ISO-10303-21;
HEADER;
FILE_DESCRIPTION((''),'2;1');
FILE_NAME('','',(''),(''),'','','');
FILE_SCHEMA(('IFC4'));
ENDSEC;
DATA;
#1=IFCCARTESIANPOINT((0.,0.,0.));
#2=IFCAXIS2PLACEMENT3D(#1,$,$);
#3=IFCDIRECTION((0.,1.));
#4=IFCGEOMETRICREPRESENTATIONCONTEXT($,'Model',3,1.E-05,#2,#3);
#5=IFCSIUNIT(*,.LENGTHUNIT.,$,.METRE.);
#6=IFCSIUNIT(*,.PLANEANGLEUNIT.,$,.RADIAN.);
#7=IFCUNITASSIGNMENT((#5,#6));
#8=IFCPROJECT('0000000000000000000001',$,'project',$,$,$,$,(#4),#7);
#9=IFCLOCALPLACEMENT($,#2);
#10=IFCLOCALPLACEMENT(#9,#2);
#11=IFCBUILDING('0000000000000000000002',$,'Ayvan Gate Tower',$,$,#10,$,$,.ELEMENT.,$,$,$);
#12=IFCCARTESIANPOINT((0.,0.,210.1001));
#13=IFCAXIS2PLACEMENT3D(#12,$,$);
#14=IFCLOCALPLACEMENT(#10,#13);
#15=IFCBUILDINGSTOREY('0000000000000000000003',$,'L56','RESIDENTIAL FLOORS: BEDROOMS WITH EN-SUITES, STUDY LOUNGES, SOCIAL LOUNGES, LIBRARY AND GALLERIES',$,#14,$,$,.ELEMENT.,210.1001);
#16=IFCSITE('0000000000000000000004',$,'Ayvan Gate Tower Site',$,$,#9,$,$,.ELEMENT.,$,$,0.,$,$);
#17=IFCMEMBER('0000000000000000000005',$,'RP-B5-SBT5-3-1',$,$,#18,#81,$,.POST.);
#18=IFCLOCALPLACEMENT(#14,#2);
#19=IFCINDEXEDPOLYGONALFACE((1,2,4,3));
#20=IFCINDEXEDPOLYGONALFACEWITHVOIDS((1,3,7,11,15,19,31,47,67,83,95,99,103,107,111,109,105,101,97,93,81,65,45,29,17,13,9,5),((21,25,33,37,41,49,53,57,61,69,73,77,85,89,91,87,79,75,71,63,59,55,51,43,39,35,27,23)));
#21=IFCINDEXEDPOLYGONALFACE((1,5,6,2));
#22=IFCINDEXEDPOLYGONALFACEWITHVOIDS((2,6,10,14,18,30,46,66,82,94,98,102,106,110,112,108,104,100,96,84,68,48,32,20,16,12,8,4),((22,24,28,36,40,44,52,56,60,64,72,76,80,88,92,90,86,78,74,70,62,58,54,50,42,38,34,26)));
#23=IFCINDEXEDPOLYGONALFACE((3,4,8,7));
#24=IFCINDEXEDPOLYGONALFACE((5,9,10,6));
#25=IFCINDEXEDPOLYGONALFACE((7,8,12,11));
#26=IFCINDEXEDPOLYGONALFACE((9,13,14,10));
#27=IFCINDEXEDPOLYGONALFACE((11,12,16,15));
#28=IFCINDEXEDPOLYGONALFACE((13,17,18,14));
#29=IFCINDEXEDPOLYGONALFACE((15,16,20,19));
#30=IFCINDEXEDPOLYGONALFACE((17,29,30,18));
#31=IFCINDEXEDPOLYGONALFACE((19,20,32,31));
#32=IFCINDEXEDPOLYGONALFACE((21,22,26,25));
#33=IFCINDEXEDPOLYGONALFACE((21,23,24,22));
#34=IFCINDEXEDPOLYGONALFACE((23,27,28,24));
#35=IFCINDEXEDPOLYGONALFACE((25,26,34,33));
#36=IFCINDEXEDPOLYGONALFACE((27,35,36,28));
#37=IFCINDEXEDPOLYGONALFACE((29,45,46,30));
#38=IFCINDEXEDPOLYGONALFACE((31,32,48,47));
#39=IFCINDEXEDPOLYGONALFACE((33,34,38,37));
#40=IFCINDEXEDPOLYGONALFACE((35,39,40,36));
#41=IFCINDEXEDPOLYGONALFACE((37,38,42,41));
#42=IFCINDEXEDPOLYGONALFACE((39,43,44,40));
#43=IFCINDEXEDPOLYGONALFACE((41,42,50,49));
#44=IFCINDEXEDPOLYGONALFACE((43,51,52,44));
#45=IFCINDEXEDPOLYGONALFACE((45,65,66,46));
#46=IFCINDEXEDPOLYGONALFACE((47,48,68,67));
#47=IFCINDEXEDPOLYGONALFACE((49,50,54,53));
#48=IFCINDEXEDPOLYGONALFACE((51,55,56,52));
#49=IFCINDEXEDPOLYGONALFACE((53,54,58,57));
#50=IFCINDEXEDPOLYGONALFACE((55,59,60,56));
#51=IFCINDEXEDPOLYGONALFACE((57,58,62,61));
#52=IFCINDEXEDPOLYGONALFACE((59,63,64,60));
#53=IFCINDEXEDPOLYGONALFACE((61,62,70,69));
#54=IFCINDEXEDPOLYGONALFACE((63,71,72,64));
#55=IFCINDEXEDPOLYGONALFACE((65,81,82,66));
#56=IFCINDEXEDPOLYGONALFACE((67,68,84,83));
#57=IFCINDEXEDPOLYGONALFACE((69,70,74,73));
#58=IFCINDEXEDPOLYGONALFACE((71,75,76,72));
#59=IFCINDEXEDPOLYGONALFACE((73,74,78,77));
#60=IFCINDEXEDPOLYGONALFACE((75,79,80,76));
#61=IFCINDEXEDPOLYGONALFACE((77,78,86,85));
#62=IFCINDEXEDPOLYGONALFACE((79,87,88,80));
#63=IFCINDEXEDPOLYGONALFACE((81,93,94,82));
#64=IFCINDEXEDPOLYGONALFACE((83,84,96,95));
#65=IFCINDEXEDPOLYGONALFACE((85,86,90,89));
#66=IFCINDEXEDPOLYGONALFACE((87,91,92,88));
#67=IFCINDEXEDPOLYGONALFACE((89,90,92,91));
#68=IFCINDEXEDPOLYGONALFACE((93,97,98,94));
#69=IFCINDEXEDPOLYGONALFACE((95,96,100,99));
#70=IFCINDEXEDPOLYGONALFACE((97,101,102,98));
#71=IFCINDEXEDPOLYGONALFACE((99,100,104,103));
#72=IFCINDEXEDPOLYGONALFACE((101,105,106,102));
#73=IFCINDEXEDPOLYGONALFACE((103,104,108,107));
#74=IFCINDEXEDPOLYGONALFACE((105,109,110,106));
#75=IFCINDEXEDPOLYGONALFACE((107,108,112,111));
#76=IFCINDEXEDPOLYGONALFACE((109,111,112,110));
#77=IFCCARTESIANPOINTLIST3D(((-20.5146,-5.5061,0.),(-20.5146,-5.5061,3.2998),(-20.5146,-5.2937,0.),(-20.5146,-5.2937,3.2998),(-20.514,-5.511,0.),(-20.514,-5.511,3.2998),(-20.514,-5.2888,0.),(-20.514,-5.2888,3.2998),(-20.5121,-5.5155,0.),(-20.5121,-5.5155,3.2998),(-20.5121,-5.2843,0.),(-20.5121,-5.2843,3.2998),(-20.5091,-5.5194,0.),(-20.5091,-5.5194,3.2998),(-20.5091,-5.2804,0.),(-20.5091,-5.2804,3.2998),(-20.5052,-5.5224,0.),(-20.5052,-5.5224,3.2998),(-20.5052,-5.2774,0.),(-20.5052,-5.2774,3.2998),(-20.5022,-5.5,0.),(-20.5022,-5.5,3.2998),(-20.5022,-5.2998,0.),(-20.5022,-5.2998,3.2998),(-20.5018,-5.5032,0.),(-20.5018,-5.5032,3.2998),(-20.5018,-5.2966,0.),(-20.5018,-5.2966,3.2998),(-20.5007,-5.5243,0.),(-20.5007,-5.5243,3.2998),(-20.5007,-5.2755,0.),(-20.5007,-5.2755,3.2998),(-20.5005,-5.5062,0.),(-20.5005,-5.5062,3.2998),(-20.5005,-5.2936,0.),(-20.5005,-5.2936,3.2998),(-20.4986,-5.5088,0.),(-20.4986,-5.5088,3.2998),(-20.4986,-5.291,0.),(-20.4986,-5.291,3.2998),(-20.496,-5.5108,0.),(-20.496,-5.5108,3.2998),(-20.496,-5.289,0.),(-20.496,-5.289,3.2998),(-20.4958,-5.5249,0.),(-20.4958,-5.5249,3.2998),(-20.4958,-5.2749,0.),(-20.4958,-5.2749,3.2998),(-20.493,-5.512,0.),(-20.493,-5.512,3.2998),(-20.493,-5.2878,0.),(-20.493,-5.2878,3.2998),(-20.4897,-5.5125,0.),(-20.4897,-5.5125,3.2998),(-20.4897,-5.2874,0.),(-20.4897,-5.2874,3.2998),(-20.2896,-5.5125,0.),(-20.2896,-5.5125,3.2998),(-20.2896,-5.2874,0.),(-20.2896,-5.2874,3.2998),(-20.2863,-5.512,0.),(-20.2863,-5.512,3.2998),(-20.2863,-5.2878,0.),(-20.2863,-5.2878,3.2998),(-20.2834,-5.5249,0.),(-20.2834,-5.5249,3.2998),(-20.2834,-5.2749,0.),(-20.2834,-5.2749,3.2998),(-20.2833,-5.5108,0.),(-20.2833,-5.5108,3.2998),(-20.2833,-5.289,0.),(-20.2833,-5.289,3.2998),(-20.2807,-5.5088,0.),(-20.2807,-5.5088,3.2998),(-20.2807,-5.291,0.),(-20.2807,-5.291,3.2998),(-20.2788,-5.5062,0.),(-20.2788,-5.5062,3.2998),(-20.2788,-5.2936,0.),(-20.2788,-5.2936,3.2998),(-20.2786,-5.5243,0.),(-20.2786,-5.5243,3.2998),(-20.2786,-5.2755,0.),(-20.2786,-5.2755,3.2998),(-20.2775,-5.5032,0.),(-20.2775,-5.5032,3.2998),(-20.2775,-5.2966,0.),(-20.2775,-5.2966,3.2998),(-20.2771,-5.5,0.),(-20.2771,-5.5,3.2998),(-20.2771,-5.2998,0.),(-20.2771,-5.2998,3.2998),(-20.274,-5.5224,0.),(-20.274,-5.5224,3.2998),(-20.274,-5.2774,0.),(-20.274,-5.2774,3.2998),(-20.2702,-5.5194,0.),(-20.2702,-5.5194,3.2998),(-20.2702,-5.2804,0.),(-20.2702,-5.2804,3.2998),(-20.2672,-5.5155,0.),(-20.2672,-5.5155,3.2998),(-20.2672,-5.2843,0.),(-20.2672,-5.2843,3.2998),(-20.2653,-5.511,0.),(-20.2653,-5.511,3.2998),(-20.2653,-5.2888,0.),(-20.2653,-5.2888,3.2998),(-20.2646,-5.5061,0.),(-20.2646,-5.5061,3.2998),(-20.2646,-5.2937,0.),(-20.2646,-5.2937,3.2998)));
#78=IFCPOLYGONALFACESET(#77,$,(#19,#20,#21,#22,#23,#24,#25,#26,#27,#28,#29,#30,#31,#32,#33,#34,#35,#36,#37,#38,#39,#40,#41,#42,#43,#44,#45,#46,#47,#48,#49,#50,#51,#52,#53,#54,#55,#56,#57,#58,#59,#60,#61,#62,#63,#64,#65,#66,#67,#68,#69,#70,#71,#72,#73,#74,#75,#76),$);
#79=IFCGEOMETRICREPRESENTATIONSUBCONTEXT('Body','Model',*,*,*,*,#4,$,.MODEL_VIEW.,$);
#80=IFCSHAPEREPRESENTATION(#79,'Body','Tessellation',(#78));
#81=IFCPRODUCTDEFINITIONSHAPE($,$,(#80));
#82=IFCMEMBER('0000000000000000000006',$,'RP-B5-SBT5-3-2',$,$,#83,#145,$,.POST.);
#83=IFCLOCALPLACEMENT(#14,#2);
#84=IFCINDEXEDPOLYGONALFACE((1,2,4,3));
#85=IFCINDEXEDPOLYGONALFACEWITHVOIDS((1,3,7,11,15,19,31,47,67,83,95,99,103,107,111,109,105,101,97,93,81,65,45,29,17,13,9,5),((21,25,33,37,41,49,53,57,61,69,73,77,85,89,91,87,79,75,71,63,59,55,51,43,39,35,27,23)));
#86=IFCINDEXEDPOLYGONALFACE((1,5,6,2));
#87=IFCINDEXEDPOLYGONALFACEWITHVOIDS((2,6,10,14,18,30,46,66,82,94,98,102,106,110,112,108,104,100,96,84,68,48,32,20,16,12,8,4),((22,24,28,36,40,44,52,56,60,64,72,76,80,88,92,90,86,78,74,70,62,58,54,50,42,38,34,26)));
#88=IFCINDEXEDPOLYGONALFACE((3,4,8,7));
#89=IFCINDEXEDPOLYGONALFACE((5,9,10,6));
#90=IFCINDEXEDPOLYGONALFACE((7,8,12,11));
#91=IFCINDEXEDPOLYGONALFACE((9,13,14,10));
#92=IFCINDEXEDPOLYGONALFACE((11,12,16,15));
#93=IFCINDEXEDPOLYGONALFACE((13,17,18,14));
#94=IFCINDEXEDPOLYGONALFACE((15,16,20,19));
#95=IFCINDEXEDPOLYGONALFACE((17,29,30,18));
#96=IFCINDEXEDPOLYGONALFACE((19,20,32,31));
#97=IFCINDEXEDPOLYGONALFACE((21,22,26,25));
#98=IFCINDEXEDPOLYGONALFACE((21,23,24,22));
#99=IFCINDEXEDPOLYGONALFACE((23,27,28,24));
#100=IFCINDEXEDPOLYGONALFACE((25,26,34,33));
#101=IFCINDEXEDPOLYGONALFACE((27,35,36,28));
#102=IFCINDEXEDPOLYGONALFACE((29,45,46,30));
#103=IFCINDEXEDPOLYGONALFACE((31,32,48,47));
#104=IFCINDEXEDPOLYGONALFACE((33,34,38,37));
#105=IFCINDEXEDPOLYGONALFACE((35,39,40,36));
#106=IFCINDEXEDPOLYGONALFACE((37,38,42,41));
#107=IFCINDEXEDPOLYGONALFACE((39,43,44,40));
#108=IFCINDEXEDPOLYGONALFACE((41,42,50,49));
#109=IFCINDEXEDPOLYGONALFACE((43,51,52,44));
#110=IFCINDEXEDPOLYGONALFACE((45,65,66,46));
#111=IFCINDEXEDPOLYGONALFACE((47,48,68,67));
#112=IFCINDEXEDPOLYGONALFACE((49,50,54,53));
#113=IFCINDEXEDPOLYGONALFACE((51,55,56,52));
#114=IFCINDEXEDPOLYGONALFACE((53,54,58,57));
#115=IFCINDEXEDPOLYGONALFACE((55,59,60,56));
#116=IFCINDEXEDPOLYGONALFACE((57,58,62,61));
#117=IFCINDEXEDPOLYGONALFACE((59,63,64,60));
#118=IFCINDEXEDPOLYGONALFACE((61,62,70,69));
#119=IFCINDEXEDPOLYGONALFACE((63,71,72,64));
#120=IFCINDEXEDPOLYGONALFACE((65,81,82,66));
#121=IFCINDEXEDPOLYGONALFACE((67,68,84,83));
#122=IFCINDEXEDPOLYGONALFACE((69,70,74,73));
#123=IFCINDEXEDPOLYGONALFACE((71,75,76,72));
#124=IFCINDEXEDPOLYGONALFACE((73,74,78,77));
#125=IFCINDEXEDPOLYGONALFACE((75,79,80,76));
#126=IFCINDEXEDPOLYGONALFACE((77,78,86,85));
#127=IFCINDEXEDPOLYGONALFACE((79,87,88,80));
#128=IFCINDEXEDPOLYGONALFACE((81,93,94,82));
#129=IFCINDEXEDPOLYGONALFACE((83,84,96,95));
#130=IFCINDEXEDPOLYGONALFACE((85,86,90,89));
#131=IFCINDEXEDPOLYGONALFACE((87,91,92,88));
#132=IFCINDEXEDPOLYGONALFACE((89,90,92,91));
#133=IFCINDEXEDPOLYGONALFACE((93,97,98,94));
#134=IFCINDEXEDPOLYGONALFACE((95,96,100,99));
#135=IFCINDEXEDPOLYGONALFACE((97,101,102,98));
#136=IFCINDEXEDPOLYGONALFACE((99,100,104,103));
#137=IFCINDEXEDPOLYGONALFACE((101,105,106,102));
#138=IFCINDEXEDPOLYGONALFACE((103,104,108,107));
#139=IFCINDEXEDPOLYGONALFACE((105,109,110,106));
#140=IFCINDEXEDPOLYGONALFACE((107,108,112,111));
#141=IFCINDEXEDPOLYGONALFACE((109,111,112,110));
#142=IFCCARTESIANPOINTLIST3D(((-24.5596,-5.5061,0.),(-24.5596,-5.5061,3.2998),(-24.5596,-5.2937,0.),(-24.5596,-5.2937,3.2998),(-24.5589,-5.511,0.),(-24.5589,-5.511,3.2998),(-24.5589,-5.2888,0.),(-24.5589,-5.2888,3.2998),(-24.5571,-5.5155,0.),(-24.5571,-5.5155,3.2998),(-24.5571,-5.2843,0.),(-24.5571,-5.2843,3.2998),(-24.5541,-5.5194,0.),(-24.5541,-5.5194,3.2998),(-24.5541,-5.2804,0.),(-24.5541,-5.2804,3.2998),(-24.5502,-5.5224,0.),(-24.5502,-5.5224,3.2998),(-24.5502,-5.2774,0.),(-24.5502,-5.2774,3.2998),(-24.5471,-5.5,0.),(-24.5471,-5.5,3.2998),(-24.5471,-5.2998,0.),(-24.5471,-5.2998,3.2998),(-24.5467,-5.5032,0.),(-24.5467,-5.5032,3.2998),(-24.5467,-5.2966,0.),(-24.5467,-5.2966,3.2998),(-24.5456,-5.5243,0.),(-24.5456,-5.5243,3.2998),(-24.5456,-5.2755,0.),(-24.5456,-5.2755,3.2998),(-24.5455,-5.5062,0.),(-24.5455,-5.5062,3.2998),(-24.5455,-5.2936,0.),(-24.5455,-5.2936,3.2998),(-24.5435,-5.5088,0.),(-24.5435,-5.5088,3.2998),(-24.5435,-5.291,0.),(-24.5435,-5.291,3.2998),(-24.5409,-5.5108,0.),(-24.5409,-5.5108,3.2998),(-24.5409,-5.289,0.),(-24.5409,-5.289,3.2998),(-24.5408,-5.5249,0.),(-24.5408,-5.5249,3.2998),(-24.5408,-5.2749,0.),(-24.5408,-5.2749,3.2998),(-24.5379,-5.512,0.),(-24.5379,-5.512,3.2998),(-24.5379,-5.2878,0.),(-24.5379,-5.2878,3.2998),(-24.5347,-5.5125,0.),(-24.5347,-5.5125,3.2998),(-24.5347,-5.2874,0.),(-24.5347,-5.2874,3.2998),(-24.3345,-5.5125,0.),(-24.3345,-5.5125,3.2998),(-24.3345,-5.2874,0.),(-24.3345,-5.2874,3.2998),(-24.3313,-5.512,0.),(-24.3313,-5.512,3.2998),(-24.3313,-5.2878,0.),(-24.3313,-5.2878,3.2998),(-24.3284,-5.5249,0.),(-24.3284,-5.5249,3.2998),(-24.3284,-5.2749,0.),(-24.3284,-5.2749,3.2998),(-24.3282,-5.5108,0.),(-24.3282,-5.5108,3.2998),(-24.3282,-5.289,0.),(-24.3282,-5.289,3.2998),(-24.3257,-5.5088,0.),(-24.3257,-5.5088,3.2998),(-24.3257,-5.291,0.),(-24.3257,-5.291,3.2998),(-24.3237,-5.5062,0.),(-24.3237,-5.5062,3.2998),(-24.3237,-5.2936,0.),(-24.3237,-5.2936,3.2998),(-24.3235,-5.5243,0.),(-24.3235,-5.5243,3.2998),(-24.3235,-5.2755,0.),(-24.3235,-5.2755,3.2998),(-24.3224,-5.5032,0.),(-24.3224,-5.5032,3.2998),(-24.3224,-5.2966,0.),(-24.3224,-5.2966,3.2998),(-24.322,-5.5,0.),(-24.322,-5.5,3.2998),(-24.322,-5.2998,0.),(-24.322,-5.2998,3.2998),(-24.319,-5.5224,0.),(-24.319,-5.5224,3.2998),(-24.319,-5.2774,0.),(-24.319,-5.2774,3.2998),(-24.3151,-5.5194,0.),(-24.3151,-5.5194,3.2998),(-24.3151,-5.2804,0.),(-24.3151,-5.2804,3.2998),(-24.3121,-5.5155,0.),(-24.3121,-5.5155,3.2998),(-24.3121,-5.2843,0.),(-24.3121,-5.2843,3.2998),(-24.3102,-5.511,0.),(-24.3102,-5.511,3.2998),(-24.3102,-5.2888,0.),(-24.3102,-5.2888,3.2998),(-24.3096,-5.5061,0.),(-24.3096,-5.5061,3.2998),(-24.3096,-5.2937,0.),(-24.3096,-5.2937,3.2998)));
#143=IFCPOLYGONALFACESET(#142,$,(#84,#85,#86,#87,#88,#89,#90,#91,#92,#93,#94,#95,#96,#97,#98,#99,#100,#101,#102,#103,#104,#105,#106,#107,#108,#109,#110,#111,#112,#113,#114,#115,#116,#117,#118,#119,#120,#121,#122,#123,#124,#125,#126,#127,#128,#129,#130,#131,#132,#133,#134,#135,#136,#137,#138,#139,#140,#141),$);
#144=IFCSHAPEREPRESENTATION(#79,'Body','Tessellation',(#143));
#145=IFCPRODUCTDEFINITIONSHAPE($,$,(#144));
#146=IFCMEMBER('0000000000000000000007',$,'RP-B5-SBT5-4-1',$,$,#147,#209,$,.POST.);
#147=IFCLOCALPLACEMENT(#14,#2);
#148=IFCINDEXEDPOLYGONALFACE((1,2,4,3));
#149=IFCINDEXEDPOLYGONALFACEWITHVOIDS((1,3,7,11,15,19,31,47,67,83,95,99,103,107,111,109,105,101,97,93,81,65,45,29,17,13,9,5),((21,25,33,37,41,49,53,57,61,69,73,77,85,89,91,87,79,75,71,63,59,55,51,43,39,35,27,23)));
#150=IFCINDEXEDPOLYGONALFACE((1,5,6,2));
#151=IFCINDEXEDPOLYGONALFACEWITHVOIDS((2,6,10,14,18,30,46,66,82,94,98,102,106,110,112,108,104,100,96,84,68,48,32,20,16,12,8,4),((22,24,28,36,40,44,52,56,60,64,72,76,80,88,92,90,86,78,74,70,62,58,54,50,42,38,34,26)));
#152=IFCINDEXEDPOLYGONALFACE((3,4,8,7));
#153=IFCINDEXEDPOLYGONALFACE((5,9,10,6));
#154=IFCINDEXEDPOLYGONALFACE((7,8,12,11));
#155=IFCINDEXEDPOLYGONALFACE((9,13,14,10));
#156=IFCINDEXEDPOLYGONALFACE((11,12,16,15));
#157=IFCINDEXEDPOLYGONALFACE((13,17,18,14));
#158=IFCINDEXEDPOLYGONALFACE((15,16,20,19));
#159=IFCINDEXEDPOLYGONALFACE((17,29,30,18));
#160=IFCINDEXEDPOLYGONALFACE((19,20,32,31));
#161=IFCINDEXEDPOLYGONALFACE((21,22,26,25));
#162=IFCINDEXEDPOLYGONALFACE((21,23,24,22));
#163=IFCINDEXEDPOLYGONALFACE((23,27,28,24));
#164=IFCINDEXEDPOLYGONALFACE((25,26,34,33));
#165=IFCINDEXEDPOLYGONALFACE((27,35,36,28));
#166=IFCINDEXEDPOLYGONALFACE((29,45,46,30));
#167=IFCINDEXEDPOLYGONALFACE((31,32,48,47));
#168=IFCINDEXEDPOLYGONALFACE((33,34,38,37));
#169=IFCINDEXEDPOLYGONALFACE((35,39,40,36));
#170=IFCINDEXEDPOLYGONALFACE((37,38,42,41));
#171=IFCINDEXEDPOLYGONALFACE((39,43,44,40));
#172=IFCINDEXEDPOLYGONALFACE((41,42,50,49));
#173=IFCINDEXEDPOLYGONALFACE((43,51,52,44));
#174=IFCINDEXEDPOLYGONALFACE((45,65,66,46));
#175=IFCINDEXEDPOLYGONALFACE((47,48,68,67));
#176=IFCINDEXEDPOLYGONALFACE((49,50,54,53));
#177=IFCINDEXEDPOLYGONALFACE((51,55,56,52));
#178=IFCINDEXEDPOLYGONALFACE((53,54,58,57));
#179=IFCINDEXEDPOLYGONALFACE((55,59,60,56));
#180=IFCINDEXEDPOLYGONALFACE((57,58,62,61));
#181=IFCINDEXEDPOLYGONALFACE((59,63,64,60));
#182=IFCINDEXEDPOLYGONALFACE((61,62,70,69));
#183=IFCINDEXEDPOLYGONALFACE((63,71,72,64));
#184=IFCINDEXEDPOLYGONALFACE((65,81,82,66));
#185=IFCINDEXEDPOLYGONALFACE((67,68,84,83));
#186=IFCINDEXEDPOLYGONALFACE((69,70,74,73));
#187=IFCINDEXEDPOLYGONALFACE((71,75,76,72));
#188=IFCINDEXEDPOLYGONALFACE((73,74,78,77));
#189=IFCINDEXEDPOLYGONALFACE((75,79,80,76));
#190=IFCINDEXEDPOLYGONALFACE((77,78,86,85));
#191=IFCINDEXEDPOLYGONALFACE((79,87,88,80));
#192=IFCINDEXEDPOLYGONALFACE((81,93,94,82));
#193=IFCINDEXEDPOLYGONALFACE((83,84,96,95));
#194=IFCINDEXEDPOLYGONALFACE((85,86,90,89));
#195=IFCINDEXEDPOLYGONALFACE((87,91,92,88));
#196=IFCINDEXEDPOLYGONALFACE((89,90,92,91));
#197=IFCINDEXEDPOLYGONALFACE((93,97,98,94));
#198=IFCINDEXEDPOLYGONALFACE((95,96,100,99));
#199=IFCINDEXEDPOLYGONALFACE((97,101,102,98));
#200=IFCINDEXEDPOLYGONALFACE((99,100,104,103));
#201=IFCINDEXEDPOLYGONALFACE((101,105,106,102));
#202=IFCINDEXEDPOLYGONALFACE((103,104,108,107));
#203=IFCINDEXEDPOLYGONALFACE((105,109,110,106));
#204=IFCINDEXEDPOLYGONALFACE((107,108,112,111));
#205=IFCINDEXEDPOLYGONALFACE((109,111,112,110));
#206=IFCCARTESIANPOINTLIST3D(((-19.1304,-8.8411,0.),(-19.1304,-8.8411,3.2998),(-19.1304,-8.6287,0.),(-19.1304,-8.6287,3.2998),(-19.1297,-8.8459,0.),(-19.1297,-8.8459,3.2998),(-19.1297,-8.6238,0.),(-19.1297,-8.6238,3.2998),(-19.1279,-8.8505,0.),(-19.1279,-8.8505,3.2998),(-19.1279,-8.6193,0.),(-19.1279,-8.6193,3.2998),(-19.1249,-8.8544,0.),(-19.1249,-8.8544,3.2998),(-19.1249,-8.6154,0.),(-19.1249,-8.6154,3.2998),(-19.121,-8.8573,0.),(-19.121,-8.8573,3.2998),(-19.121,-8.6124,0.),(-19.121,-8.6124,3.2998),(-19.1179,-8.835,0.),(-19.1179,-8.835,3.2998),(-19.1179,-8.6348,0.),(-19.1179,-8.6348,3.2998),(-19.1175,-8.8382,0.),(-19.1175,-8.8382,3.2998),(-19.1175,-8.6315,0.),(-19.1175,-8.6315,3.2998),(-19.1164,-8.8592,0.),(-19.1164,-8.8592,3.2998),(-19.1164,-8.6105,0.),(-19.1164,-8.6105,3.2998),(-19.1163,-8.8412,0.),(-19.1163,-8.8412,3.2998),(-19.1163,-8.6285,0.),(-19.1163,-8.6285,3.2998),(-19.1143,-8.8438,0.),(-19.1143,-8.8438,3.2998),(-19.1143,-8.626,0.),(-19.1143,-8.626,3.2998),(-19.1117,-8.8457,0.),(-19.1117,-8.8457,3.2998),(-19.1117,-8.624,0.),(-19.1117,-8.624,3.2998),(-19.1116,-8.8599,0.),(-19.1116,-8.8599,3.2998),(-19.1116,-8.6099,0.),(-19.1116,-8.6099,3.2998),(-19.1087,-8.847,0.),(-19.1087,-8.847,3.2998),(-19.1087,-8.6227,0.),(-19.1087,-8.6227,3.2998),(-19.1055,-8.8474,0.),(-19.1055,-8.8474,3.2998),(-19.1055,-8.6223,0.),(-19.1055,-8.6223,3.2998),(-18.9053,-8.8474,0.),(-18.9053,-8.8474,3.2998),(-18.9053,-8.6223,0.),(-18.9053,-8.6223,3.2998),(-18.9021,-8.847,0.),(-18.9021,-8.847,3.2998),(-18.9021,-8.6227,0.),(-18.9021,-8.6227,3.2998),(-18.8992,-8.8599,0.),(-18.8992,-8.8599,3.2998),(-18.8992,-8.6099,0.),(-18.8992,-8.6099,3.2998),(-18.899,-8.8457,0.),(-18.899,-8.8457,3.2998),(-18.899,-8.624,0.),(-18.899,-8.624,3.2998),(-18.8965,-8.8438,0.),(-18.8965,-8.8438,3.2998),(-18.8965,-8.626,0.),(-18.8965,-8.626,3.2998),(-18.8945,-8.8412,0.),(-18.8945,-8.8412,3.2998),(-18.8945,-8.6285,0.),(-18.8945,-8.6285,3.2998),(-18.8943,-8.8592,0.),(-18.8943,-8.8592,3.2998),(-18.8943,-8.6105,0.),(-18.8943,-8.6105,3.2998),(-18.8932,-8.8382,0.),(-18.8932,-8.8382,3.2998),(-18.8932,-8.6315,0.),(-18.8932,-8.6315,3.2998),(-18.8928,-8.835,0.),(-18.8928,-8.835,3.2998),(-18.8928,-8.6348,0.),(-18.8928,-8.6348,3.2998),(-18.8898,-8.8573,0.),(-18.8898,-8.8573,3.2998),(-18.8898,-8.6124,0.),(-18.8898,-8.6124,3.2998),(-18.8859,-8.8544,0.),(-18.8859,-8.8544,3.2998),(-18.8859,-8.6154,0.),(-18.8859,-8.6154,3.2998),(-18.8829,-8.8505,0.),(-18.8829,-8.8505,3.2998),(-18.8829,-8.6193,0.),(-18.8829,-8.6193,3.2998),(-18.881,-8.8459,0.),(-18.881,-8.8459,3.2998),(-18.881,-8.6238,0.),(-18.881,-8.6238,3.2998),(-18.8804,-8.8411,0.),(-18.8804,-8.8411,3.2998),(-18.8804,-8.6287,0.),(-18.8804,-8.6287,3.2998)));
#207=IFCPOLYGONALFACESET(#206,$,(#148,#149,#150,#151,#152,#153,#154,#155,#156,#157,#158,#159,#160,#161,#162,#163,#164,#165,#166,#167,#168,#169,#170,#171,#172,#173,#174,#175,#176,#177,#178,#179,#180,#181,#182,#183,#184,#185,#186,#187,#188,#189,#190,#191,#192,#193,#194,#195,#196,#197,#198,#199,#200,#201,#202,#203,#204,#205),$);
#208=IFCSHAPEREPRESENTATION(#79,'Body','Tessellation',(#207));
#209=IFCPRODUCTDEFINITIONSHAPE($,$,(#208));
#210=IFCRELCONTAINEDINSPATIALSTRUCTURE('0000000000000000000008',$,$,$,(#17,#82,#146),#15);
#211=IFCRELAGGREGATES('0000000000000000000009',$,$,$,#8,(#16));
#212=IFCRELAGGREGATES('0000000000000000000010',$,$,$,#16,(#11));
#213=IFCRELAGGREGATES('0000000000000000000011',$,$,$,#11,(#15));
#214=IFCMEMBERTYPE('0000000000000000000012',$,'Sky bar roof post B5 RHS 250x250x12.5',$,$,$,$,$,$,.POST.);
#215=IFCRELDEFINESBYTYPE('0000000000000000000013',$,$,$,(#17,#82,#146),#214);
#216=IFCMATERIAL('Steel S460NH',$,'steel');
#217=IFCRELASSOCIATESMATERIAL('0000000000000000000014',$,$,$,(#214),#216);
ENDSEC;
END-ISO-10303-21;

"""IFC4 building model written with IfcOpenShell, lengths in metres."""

from ifc_helpers import new_model, si_unit, direction, frame, origin, origin_2d, place, context, subcontext, project, spatial, hollow_rectangle, extrude, material, material_profile, profile_set, type_object, element, save


model = new_model("IFC4")

# Units and contexts
model_context = context("Model", 3, precision=1e-05, world=origin(), true_north=direction((0.0, 1.0)))
body_context = subcontext(model_context, "Body", "Model", "MODEL_VIEW")
ifc_project = project(units=[si_unit("LENGTHUNIT", "METRE"), si_unit("PLANEANGLEUNIT", "RADIAN")], contexts=[model_context])

# Site, building, storey
site_placement = place(None, origin())
site = spatial("IfcSite", under=ifc_project, at=site_placement, Name="Ayvan Gate Tower Site", CompositionType="ELEMENT", RefElevation=0.0)
building_placement = place(site_placement, origin())
building = spatial("IfcBuilding", under=site, at=building_placement, Name="Ayvan Gate Tower", CompositionType="ELEMENT")
storey_placement = place(building_placement, frame((0.0, 0.0, 210.1001)))
storey = spatial("IfcBuildingStorey", under=building, at=storey_placement, Name="L56", Description="RESIDENTIAL FLOORS: BEDROOMS WITH EN-SUITES, STUDY LOUNGES, SOCIAL LOUNGES, LIBRARY AND GALLERIES", CompositionType="ELEMENT", Elevation=210.1001)

# Members
ifc_material_1 = material(Name="Steel S460NH", Category="steel")
ifc_material_profile_1 = material_profile(ifc_material_1, hollow_rectangle(XDim=0.25, YDim=0.25, WallThickness=0.0125, InnerFilletRadius=0.0125, OuterFilletRadius=0.0188, at=origin_2d()), Name="RHS 250x250x12.5")
ifc_profile_set_1 = profile_set([ifc_material_profile_1], Name="Steel S460NH")
member_type_1 = type_object("IfcMemberType", Name="Sky bar roof post B5 RHS 250x250x12.5", PredefinedType="POST", material=ifc_profile_set_1)
for number, where, z_axis, x_axis, name in (
    (1, (-20.3896, -5.3999, 0.0), (0.0, 0.0, 1.0), (1.0, 0.0, 0.0), "RP-B5-SBT5-3-1"),
    (2, (-24.4346, -5.3999, 0.0), (0.0, 0.0, 1.0), (1.0, 0.0, 0.0), "RP-B5-SBT5-3-2"),
    (3, (-19.0054, -8.7349, 0.0), (0.0, 0.0, 1.0), (1.0, 0.0, 0.0), "RP-B5-SBT5-4-1"),
):
    element("IfcMember", number, at=place(storey_placement, frame(where, z_axis=z_axis, x_axis=x_axis)), inside=storey, type_object=member_type_1, Name=name, PredefinedType="POST", context=body_context, shape_type="SweptSolid", body=[
        extrude(hollow_rectangle(XDim=0.25, YDim=0.25, WallThickness=0.0125, InnerFilletRadius=0.0125, OuterFilletRadius=0.0188, at=origin_2d()), origin(), (0.0, 0.0, 1.0), 3.2998),
    ])

save(model, "model.ifc")
